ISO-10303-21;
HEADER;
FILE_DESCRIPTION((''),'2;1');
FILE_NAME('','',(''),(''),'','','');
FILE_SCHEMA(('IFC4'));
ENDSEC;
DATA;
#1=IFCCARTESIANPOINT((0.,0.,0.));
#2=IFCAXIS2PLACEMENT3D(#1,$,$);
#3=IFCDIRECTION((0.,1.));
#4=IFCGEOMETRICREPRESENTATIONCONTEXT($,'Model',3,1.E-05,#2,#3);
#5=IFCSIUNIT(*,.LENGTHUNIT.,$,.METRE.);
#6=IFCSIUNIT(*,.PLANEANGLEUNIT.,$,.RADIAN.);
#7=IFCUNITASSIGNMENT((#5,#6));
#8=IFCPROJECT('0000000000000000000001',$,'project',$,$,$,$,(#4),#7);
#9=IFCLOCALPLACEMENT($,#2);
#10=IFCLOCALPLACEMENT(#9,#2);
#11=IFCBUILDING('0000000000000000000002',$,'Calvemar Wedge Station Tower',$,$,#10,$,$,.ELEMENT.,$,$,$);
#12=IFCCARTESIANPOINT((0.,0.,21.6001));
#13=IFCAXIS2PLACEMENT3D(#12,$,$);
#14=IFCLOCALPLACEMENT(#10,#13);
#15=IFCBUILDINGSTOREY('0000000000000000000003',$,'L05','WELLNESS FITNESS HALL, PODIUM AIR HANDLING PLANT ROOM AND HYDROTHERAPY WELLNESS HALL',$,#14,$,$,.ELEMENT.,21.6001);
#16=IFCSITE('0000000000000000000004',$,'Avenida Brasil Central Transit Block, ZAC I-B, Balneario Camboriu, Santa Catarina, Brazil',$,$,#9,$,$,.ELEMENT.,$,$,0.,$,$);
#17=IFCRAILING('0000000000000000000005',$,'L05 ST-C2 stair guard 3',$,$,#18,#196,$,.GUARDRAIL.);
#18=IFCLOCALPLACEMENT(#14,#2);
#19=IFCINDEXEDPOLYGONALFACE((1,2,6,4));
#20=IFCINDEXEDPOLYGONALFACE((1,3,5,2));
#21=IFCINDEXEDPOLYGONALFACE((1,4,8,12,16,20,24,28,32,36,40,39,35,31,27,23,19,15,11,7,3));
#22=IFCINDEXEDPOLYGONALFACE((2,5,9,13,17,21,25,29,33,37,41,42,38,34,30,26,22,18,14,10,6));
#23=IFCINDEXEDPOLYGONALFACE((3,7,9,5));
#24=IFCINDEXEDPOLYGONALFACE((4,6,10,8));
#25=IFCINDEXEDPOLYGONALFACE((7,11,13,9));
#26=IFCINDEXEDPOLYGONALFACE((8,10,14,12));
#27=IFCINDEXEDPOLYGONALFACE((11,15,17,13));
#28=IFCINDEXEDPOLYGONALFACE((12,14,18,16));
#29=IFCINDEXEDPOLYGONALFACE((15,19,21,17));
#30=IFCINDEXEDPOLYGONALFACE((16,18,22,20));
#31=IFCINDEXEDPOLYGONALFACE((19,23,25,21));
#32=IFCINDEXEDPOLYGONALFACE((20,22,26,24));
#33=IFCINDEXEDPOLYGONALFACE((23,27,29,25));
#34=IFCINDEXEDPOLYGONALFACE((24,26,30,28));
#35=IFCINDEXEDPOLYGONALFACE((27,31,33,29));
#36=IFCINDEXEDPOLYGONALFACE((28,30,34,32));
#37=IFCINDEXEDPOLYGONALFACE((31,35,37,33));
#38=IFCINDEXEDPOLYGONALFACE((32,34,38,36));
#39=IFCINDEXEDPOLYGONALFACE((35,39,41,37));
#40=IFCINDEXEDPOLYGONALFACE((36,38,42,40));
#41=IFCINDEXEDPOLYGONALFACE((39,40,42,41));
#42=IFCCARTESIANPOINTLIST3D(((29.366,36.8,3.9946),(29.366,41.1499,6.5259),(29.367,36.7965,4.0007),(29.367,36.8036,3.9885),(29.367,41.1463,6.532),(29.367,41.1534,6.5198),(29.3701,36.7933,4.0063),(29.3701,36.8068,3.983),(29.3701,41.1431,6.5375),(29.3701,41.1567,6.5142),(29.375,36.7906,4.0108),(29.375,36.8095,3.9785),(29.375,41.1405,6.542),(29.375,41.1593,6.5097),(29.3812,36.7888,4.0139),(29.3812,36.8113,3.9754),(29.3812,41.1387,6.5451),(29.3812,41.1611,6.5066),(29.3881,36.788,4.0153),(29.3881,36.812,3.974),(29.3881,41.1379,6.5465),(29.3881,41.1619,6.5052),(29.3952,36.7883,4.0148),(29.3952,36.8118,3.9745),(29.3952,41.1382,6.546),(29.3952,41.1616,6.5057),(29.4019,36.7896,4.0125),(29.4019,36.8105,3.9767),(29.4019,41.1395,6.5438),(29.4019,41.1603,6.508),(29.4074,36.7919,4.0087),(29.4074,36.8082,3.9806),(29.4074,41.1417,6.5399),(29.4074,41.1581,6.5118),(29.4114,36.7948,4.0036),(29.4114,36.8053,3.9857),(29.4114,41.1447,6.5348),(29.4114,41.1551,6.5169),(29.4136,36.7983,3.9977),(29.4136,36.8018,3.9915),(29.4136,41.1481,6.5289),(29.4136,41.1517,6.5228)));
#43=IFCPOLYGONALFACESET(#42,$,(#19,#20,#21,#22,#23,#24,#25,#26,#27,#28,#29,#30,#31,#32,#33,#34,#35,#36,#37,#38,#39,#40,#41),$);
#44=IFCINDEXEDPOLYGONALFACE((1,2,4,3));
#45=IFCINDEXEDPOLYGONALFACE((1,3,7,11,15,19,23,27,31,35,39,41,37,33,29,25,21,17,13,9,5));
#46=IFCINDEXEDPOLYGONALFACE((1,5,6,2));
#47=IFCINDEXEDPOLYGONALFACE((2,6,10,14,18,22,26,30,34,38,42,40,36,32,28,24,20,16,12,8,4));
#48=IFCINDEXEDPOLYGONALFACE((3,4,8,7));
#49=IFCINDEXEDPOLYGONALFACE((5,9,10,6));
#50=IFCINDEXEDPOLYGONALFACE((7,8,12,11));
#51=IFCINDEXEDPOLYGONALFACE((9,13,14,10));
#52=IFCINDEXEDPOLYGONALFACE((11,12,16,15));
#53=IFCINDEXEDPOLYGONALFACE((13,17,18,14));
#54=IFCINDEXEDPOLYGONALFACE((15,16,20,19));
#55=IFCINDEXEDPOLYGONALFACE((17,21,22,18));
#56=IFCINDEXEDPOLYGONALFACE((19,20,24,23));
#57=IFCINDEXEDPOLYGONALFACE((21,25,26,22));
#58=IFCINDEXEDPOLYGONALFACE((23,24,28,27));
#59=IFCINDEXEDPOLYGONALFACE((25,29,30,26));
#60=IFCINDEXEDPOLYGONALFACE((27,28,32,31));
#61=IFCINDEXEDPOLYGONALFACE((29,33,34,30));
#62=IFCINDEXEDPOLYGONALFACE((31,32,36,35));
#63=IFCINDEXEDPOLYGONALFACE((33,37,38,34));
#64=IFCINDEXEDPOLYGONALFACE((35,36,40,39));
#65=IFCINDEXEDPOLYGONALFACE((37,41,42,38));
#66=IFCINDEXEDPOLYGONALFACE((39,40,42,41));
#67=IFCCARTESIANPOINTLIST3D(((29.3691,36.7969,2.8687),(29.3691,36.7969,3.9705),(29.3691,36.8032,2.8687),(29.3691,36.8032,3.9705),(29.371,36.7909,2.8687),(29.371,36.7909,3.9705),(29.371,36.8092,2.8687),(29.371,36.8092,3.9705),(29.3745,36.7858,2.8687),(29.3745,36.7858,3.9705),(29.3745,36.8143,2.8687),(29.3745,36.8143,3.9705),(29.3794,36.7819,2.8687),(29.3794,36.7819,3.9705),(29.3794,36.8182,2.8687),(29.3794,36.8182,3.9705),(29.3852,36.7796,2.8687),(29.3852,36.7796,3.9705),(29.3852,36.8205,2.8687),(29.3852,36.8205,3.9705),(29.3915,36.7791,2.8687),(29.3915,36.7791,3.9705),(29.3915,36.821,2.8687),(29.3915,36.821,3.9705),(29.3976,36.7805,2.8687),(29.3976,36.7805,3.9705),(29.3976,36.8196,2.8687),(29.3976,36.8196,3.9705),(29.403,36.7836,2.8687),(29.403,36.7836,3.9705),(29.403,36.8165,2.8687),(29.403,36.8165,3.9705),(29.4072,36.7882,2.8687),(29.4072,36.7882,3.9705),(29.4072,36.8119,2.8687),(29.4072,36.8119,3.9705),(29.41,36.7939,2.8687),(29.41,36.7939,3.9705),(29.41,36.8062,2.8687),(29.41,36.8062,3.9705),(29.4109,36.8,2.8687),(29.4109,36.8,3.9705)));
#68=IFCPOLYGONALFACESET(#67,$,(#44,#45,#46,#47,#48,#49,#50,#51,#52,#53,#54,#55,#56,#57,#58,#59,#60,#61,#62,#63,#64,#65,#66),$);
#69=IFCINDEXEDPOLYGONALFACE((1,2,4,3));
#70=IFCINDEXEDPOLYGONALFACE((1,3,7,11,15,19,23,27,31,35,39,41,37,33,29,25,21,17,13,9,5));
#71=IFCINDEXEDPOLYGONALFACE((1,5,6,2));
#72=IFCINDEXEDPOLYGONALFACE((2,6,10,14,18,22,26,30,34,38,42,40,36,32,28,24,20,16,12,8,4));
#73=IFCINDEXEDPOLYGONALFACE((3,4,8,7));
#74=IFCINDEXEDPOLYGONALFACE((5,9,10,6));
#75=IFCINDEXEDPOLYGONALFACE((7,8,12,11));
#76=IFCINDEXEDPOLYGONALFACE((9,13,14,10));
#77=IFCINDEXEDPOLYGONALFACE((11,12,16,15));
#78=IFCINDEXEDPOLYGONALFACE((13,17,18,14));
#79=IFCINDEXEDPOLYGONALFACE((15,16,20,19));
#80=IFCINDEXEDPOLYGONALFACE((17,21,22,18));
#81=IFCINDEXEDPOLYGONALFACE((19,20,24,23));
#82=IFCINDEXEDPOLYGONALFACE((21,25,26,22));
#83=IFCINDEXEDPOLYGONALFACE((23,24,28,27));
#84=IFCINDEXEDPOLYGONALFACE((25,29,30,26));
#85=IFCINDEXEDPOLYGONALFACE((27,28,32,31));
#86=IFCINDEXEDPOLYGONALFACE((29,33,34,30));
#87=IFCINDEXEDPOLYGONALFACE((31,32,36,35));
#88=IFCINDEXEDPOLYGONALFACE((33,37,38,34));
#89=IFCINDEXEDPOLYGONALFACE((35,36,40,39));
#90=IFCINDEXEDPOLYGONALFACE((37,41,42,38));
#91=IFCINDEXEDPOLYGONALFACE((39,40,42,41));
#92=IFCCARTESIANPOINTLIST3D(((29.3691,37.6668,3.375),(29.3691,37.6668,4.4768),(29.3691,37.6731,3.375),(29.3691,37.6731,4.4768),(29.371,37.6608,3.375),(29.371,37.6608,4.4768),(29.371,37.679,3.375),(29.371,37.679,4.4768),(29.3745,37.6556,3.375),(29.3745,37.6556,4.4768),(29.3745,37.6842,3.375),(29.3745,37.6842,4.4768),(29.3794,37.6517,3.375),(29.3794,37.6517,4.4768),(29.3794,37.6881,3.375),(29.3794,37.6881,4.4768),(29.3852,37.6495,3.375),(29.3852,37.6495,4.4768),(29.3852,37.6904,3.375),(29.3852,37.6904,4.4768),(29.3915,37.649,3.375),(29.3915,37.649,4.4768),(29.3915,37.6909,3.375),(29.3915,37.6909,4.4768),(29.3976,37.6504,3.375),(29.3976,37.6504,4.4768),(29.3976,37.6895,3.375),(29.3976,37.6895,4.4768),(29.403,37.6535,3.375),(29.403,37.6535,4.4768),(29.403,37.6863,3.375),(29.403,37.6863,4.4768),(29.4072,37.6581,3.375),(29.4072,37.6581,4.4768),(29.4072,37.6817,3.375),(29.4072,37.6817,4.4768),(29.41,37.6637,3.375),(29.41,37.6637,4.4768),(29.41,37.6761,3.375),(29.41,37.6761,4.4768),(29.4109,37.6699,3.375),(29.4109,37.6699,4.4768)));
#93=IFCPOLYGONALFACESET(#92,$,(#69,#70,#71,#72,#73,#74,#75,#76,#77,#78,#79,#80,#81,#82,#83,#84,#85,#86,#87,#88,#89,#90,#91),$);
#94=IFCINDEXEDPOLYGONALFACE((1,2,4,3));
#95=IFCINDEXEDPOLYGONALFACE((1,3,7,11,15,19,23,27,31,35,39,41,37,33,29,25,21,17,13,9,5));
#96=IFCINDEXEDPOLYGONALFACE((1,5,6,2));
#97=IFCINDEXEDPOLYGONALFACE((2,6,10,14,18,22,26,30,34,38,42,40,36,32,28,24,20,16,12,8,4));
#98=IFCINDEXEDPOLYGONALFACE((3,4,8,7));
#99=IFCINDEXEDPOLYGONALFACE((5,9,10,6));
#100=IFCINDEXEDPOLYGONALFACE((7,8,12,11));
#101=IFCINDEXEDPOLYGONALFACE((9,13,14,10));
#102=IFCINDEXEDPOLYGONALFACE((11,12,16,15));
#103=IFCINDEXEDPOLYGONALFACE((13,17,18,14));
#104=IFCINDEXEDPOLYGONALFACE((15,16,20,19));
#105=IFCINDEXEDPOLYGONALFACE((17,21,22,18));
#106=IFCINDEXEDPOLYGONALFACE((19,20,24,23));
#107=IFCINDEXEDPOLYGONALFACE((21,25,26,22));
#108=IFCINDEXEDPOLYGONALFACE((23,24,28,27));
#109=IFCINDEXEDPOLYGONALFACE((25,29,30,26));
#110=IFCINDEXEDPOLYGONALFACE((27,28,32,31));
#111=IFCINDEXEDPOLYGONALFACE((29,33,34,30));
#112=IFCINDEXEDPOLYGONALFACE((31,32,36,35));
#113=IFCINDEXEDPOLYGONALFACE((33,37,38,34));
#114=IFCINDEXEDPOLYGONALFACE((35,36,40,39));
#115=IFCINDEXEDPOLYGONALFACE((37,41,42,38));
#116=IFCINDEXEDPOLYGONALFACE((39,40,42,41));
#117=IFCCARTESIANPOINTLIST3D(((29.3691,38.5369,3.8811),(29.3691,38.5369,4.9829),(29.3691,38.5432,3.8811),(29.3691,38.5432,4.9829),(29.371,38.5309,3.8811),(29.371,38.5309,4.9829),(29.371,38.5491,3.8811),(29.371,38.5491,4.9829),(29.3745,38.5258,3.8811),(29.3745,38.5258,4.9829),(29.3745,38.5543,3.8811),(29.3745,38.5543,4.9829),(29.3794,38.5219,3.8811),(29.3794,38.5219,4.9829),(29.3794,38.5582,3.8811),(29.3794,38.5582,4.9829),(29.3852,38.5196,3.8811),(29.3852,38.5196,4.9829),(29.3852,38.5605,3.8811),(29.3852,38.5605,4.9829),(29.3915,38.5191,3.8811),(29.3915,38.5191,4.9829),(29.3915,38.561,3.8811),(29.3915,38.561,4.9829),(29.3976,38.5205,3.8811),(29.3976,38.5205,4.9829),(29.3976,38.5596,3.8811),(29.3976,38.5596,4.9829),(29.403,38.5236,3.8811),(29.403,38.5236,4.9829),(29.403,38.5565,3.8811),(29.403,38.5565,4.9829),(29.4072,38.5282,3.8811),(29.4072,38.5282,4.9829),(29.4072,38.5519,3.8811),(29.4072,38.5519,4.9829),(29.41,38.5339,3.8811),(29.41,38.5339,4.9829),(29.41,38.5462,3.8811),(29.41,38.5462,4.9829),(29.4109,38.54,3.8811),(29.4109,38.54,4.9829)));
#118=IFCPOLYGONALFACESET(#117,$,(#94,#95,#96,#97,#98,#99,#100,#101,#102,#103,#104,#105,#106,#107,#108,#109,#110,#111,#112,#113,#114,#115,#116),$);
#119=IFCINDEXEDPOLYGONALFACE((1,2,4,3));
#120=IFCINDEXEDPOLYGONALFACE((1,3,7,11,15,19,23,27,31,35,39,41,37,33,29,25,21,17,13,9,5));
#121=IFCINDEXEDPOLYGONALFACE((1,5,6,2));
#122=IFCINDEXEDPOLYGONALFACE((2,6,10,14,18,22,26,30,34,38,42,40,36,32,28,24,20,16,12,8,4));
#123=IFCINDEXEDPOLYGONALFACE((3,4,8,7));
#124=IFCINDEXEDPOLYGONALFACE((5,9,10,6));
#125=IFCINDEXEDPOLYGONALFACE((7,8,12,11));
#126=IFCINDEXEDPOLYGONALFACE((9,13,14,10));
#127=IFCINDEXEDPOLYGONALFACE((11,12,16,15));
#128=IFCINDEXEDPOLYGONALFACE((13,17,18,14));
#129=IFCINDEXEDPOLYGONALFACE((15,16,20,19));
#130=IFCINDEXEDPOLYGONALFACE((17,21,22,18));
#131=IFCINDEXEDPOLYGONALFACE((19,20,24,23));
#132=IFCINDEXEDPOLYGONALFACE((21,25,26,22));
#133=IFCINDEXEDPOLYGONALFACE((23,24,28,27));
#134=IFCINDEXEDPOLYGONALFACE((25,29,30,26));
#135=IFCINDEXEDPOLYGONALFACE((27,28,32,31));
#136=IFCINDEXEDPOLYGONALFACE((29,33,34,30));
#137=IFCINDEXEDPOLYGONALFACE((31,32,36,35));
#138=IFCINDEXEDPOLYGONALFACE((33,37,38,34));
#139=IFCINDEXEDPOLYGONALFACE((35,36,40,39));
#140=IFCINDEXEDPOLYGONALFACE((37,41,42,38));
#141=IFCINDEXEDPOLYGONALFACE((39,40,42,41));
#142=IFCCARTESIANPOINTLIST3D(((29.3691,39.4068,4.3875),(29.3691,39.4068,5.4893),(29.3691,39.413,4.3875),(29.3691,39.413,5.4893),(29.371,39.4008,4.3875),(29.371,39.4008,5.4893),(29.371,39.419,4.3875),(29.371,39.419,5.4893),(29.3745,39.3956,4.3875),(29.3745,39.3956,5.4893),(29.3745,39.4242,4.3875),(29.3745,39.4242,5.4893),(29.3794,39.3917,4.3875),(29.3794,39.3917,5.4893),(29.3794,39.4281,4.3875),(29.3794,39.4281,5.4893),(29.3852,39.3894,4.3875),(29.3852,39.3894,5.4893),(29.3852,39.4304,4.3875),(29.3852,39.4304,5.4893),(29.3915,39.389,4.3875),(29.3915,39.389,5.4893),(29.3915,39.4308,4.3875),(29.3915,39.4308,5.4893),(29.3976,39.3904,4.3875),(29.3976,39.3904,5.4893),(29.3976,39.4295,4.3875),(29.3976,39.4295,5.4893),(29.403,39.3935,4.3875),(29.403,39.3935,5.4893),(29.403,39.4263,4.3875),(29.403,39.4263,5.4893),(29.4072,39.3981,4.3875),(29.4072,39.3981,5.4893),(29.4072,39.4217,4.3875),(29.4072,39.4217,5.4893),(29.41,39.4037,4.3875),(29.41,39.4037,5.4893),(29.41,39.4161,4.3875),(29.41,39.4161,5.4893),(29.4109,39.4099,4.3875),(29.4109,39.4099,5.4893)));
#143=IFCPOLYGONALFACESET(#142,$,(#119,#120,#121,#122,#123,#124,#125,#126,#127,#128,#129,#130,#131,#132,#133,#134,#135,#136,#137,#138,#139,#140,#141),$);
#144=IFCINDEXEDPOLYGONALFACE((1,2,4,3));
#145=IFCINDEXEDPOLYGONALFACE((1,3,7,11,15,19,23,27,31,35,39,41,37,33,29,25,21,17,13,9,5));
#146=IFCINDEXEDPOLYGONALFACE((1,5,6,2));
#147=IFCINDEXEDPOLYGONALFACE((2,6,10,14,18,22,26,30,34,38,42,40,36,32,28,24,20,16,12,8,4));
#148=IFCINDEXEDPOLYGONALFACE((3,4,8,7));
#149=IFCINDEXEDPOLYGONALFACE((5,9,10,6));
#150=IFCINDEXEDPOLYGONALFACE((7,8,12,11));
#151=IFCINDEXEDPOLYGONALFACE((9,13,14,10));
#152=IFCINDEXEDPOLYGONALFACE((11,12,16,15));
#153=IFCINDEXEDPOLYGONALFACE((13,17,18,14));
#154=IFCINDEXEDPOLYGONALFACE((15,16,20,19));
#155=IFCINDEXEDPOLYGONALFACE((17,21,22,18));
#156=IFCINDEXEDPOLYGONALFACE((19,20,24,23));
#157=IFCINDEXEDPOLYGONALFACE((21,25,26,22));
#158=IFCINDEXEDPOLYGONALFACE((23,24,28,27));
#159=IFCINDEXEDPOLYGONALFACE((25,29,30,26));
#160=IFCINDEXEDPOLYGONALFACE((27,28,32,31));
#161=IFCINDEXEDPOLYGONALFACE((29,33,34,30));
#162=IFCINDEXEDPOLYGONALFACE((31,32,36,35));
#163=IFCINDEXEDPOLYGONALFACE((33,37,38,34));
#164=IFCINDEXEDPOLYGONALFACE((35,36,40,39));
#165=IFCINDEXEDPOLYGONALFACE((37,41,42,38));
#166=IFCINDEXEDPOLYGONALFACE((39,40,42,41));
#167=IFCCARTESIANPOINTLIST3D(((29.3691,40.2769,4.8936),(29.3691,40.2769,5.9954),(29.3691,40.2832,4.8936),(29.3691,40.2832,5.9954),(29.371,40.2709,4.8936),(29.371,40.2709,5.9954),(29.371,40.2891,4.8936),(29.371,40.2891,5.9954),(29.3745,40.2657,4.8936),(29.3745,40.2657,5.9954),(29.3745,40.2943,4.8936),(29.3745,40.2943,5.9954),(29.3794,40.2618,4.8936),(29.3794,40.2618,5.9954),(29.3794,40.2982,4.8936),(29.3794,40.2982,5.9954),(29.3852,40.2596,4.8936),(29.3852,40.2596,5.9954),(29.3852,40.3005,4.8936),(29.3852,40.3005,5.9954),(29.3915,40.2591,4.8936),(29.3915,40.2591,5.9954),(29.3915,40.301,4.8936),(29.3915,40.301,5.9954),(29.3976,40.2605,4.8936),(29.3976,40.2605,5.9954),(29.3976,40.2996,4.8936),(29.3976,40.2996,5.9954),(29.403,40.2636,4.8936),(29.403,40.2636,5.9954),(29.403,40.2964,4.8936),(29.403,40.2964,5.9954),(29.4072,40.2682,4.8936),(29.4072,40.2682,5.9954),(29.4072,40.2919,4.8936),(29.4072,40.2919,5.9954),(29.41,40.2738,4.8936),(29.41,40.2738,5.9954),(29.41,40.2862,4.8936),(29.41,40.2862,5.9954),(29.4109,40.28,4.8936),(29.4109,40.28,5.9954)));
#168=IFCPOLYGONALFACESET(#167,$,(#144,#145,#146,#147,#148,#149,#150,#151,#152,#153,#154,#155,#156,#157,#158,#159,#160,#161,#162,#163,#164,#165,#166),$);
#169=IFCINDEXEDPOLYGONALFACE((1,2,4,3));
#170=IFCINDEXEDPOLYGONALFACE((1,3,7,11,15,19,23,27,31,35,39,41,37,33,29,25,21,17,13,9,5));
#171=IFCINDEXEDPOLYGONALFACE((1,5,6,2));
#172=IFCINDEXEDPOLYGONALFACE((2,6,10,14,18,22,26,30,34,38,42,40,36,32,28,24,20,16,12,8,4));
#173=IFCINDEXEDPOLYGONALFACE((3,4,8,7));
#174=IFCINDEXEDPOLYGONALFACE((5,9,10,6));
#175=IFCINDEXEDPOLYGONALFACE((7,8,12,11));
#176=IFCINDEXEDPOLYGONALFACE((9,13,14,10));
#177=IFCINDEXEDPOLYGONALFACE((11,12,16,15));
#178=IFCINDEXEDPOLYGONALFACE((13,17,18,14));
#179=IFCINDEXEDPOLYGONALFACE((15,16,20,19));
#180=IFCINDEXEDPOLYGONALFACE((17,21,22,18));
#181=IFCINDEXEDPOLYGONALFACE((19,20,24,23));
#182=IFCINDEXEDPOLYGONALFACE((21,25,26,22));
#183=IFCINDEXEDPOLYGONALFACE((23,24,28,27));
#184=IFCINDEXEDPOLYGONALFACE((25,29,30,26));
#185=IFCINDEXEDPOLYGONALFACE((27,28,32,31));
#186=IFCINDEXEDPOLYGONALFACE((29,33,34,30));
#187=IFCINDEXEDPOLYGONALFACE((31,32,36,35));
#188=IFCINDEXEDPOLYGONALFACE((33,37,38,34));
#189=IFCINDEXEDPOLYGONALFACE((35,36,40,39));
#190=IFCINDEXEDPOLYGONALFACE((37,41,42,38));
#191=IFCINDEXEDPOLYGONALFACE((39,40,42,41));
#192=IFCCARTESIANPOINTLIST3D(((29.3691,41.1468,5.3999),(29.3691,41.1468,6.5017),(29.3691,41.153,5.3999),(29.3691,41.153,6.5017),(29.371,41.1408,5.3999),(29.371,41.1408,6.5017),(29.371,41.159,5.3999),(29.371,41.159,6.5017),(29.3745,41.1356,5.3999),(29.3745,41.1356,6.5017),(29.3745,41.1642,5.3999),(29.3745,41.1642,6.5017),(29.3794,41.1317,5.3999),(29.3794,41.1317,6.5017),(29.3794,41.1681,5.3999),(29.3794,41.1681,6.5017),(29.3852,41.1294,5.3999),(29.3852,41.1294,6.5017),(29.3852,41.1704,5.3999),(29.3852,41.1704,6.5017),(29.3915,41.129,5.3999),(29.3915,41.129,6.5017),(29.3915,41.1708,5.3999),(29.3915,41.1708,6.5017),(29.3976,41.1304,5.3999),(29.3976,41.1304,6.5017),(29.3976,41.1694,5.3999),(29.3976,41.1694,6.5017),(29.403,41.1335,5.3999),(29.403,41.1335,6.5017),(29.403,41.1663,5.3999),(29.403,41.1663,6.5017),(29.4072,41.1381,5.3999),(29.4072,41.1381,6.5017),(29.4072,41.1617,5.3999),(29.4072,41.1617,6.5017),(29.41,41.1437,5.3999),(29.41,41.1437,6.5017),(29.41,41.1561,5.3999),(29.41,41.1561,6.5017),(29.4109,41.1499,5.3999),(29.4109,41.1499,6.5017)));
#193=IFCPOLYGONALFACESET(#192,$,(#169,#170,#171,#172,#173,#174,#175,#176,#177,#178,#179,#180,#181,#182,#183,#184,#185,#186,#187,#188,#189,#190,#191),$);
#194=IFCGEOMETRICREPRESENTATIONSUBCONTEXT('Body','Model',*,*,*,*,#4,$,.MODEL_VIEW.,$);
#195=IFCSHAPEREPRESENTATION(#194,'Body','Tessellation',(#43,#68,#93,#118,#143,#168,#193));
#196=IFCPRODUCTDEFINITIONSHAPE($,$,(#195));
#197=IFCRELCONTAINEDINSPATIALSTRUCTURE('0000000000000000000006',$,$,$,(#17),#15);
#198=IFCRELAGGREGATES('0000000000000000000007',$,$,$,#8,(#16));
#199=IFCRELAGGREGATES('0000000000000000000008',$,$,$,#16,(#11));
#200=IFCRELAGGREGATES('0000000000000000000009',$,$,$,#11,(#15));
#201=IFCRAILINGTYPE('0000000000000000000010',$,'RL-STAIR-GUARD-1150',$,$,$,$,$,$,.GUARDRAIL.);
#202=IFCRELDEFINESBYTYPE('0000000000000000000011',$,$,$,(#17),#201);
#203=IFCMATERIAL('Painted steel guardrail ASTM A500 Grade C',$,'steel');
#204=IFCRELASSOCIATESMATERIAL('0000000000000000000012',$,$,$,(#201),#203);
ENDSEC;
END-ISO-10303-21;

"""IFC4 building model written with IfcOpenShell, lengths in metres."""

from ifc_helpers import new_model, si_unit, direction, frame, origin, origin_2d, place, context, subcontext, project, spatial, circle, extrude, material, type_object, element, save


model = new_model("IFC4")

# Units and contexts
model_context = context("Model", 3, precision=1e-05, world=origin(), true_north=direction((0.0, 1.0)))
body_context = subcontext(model_context, "Body", "Model", "MODEL_VIEW")
ifc_project = project(units=[si_unit("LENGTHUNIT", "METRE"), si_unit("PLANEANGLEUNIT", "RADIAN")], contexts=[model_context])

# Site, building, storey
site_placement = place(None, origin())
site = spatial("IfcSite", under=ifc_project, at=site_placement, Name="Avenida Brasil Central Transit Block, ZAC I-B, Balneario Camboriu, Santa Catarina, Brazil", CompositionType="ELEMENT", RefElevation=0.0)
building_placement = place(site_placement, origin())
building = spatial("IfcBuilding", under=site, at=building_placement, Name="Calvemar Wedge Station Tower", CompositionType="ELEMENT")
storey_placement = place(building_placement, frame((0.0, 0.0, 21.6001)))
storey = spatial("IfcBuildingStorey", under=building, at=storey_placement, Name="L05", Description="WELLNESS FITNESS HALL, PODIUM AIR HANDLING PLANT ROOM AND HYDROTHERAPY WELLNESS HALL", CompositionType="ELEMENT", Elevation=21.6001)

# Railing
ifc_material_1 = material(Name="Painted steel guardrail ASTM A500 Grade C", Category="steel")
railing_type_1 = type_object("IfcRailingType", Name="RL-STAIR-GUARD-1150", PredefinedType="GUARDRAIL", material=ifc_material_1)
railing_1_placement = place(storey_placement, frame((29.3899, 36.8, 2.8687)))
element("IfcRailing", 1, at=railing_1_placement, inside=storey, type_object=railing_type_1, Name="L05 ST-C2 stair guard 3", PredefinedType="GUARDRAIL", context=body_context, shape_type="SweptSolid", body=[
    extrude(circle(Radius=0.0239, at=origin_2d()), frame((0.0, 0.0, 1.126), z_axis=(0.0, 0.864312, 0.502957), x_axis=(-1.0, 0.0, 0.0)), (0.0, 0.0, 1.0), 5.0327),
    extrude(circle(Radius=0.021, at=origin_2d()), origin(), (0.0, 0.0, 1.0), 1.1018),
    extrude(circle(Radius=0.021, at=origin_2d()), frame((0.0, 0.8699, 0.5063)), (0.0, 0.0, 1.0), 1.1018),
    extrude(circle(Radius=0.021, at=origin_2d()), frame((0.0, 1.74, 1.0125)), (0.0, 0.0, 1.0), 1.1018),
    extrude(circle(Radius=0.021, at=origin_2d()), frame((0.0, 2.6099, 1.5188)), (0.0, 0.0, 1.0), 1.1018),
    extrude(circle(Radius=0.021, at=origin_2d()), frame((0.0, 3.48, 2.0249)), (0.0, 0.0, 1.0), 1.1018),
    extrude(circle(Radius=0.021, at=origin_2d()), frame((0.0, 4.3499, 2.5312)), (0.0, 0.0, 1.0), 1.1018),
])

save(model, "model.ifc")
